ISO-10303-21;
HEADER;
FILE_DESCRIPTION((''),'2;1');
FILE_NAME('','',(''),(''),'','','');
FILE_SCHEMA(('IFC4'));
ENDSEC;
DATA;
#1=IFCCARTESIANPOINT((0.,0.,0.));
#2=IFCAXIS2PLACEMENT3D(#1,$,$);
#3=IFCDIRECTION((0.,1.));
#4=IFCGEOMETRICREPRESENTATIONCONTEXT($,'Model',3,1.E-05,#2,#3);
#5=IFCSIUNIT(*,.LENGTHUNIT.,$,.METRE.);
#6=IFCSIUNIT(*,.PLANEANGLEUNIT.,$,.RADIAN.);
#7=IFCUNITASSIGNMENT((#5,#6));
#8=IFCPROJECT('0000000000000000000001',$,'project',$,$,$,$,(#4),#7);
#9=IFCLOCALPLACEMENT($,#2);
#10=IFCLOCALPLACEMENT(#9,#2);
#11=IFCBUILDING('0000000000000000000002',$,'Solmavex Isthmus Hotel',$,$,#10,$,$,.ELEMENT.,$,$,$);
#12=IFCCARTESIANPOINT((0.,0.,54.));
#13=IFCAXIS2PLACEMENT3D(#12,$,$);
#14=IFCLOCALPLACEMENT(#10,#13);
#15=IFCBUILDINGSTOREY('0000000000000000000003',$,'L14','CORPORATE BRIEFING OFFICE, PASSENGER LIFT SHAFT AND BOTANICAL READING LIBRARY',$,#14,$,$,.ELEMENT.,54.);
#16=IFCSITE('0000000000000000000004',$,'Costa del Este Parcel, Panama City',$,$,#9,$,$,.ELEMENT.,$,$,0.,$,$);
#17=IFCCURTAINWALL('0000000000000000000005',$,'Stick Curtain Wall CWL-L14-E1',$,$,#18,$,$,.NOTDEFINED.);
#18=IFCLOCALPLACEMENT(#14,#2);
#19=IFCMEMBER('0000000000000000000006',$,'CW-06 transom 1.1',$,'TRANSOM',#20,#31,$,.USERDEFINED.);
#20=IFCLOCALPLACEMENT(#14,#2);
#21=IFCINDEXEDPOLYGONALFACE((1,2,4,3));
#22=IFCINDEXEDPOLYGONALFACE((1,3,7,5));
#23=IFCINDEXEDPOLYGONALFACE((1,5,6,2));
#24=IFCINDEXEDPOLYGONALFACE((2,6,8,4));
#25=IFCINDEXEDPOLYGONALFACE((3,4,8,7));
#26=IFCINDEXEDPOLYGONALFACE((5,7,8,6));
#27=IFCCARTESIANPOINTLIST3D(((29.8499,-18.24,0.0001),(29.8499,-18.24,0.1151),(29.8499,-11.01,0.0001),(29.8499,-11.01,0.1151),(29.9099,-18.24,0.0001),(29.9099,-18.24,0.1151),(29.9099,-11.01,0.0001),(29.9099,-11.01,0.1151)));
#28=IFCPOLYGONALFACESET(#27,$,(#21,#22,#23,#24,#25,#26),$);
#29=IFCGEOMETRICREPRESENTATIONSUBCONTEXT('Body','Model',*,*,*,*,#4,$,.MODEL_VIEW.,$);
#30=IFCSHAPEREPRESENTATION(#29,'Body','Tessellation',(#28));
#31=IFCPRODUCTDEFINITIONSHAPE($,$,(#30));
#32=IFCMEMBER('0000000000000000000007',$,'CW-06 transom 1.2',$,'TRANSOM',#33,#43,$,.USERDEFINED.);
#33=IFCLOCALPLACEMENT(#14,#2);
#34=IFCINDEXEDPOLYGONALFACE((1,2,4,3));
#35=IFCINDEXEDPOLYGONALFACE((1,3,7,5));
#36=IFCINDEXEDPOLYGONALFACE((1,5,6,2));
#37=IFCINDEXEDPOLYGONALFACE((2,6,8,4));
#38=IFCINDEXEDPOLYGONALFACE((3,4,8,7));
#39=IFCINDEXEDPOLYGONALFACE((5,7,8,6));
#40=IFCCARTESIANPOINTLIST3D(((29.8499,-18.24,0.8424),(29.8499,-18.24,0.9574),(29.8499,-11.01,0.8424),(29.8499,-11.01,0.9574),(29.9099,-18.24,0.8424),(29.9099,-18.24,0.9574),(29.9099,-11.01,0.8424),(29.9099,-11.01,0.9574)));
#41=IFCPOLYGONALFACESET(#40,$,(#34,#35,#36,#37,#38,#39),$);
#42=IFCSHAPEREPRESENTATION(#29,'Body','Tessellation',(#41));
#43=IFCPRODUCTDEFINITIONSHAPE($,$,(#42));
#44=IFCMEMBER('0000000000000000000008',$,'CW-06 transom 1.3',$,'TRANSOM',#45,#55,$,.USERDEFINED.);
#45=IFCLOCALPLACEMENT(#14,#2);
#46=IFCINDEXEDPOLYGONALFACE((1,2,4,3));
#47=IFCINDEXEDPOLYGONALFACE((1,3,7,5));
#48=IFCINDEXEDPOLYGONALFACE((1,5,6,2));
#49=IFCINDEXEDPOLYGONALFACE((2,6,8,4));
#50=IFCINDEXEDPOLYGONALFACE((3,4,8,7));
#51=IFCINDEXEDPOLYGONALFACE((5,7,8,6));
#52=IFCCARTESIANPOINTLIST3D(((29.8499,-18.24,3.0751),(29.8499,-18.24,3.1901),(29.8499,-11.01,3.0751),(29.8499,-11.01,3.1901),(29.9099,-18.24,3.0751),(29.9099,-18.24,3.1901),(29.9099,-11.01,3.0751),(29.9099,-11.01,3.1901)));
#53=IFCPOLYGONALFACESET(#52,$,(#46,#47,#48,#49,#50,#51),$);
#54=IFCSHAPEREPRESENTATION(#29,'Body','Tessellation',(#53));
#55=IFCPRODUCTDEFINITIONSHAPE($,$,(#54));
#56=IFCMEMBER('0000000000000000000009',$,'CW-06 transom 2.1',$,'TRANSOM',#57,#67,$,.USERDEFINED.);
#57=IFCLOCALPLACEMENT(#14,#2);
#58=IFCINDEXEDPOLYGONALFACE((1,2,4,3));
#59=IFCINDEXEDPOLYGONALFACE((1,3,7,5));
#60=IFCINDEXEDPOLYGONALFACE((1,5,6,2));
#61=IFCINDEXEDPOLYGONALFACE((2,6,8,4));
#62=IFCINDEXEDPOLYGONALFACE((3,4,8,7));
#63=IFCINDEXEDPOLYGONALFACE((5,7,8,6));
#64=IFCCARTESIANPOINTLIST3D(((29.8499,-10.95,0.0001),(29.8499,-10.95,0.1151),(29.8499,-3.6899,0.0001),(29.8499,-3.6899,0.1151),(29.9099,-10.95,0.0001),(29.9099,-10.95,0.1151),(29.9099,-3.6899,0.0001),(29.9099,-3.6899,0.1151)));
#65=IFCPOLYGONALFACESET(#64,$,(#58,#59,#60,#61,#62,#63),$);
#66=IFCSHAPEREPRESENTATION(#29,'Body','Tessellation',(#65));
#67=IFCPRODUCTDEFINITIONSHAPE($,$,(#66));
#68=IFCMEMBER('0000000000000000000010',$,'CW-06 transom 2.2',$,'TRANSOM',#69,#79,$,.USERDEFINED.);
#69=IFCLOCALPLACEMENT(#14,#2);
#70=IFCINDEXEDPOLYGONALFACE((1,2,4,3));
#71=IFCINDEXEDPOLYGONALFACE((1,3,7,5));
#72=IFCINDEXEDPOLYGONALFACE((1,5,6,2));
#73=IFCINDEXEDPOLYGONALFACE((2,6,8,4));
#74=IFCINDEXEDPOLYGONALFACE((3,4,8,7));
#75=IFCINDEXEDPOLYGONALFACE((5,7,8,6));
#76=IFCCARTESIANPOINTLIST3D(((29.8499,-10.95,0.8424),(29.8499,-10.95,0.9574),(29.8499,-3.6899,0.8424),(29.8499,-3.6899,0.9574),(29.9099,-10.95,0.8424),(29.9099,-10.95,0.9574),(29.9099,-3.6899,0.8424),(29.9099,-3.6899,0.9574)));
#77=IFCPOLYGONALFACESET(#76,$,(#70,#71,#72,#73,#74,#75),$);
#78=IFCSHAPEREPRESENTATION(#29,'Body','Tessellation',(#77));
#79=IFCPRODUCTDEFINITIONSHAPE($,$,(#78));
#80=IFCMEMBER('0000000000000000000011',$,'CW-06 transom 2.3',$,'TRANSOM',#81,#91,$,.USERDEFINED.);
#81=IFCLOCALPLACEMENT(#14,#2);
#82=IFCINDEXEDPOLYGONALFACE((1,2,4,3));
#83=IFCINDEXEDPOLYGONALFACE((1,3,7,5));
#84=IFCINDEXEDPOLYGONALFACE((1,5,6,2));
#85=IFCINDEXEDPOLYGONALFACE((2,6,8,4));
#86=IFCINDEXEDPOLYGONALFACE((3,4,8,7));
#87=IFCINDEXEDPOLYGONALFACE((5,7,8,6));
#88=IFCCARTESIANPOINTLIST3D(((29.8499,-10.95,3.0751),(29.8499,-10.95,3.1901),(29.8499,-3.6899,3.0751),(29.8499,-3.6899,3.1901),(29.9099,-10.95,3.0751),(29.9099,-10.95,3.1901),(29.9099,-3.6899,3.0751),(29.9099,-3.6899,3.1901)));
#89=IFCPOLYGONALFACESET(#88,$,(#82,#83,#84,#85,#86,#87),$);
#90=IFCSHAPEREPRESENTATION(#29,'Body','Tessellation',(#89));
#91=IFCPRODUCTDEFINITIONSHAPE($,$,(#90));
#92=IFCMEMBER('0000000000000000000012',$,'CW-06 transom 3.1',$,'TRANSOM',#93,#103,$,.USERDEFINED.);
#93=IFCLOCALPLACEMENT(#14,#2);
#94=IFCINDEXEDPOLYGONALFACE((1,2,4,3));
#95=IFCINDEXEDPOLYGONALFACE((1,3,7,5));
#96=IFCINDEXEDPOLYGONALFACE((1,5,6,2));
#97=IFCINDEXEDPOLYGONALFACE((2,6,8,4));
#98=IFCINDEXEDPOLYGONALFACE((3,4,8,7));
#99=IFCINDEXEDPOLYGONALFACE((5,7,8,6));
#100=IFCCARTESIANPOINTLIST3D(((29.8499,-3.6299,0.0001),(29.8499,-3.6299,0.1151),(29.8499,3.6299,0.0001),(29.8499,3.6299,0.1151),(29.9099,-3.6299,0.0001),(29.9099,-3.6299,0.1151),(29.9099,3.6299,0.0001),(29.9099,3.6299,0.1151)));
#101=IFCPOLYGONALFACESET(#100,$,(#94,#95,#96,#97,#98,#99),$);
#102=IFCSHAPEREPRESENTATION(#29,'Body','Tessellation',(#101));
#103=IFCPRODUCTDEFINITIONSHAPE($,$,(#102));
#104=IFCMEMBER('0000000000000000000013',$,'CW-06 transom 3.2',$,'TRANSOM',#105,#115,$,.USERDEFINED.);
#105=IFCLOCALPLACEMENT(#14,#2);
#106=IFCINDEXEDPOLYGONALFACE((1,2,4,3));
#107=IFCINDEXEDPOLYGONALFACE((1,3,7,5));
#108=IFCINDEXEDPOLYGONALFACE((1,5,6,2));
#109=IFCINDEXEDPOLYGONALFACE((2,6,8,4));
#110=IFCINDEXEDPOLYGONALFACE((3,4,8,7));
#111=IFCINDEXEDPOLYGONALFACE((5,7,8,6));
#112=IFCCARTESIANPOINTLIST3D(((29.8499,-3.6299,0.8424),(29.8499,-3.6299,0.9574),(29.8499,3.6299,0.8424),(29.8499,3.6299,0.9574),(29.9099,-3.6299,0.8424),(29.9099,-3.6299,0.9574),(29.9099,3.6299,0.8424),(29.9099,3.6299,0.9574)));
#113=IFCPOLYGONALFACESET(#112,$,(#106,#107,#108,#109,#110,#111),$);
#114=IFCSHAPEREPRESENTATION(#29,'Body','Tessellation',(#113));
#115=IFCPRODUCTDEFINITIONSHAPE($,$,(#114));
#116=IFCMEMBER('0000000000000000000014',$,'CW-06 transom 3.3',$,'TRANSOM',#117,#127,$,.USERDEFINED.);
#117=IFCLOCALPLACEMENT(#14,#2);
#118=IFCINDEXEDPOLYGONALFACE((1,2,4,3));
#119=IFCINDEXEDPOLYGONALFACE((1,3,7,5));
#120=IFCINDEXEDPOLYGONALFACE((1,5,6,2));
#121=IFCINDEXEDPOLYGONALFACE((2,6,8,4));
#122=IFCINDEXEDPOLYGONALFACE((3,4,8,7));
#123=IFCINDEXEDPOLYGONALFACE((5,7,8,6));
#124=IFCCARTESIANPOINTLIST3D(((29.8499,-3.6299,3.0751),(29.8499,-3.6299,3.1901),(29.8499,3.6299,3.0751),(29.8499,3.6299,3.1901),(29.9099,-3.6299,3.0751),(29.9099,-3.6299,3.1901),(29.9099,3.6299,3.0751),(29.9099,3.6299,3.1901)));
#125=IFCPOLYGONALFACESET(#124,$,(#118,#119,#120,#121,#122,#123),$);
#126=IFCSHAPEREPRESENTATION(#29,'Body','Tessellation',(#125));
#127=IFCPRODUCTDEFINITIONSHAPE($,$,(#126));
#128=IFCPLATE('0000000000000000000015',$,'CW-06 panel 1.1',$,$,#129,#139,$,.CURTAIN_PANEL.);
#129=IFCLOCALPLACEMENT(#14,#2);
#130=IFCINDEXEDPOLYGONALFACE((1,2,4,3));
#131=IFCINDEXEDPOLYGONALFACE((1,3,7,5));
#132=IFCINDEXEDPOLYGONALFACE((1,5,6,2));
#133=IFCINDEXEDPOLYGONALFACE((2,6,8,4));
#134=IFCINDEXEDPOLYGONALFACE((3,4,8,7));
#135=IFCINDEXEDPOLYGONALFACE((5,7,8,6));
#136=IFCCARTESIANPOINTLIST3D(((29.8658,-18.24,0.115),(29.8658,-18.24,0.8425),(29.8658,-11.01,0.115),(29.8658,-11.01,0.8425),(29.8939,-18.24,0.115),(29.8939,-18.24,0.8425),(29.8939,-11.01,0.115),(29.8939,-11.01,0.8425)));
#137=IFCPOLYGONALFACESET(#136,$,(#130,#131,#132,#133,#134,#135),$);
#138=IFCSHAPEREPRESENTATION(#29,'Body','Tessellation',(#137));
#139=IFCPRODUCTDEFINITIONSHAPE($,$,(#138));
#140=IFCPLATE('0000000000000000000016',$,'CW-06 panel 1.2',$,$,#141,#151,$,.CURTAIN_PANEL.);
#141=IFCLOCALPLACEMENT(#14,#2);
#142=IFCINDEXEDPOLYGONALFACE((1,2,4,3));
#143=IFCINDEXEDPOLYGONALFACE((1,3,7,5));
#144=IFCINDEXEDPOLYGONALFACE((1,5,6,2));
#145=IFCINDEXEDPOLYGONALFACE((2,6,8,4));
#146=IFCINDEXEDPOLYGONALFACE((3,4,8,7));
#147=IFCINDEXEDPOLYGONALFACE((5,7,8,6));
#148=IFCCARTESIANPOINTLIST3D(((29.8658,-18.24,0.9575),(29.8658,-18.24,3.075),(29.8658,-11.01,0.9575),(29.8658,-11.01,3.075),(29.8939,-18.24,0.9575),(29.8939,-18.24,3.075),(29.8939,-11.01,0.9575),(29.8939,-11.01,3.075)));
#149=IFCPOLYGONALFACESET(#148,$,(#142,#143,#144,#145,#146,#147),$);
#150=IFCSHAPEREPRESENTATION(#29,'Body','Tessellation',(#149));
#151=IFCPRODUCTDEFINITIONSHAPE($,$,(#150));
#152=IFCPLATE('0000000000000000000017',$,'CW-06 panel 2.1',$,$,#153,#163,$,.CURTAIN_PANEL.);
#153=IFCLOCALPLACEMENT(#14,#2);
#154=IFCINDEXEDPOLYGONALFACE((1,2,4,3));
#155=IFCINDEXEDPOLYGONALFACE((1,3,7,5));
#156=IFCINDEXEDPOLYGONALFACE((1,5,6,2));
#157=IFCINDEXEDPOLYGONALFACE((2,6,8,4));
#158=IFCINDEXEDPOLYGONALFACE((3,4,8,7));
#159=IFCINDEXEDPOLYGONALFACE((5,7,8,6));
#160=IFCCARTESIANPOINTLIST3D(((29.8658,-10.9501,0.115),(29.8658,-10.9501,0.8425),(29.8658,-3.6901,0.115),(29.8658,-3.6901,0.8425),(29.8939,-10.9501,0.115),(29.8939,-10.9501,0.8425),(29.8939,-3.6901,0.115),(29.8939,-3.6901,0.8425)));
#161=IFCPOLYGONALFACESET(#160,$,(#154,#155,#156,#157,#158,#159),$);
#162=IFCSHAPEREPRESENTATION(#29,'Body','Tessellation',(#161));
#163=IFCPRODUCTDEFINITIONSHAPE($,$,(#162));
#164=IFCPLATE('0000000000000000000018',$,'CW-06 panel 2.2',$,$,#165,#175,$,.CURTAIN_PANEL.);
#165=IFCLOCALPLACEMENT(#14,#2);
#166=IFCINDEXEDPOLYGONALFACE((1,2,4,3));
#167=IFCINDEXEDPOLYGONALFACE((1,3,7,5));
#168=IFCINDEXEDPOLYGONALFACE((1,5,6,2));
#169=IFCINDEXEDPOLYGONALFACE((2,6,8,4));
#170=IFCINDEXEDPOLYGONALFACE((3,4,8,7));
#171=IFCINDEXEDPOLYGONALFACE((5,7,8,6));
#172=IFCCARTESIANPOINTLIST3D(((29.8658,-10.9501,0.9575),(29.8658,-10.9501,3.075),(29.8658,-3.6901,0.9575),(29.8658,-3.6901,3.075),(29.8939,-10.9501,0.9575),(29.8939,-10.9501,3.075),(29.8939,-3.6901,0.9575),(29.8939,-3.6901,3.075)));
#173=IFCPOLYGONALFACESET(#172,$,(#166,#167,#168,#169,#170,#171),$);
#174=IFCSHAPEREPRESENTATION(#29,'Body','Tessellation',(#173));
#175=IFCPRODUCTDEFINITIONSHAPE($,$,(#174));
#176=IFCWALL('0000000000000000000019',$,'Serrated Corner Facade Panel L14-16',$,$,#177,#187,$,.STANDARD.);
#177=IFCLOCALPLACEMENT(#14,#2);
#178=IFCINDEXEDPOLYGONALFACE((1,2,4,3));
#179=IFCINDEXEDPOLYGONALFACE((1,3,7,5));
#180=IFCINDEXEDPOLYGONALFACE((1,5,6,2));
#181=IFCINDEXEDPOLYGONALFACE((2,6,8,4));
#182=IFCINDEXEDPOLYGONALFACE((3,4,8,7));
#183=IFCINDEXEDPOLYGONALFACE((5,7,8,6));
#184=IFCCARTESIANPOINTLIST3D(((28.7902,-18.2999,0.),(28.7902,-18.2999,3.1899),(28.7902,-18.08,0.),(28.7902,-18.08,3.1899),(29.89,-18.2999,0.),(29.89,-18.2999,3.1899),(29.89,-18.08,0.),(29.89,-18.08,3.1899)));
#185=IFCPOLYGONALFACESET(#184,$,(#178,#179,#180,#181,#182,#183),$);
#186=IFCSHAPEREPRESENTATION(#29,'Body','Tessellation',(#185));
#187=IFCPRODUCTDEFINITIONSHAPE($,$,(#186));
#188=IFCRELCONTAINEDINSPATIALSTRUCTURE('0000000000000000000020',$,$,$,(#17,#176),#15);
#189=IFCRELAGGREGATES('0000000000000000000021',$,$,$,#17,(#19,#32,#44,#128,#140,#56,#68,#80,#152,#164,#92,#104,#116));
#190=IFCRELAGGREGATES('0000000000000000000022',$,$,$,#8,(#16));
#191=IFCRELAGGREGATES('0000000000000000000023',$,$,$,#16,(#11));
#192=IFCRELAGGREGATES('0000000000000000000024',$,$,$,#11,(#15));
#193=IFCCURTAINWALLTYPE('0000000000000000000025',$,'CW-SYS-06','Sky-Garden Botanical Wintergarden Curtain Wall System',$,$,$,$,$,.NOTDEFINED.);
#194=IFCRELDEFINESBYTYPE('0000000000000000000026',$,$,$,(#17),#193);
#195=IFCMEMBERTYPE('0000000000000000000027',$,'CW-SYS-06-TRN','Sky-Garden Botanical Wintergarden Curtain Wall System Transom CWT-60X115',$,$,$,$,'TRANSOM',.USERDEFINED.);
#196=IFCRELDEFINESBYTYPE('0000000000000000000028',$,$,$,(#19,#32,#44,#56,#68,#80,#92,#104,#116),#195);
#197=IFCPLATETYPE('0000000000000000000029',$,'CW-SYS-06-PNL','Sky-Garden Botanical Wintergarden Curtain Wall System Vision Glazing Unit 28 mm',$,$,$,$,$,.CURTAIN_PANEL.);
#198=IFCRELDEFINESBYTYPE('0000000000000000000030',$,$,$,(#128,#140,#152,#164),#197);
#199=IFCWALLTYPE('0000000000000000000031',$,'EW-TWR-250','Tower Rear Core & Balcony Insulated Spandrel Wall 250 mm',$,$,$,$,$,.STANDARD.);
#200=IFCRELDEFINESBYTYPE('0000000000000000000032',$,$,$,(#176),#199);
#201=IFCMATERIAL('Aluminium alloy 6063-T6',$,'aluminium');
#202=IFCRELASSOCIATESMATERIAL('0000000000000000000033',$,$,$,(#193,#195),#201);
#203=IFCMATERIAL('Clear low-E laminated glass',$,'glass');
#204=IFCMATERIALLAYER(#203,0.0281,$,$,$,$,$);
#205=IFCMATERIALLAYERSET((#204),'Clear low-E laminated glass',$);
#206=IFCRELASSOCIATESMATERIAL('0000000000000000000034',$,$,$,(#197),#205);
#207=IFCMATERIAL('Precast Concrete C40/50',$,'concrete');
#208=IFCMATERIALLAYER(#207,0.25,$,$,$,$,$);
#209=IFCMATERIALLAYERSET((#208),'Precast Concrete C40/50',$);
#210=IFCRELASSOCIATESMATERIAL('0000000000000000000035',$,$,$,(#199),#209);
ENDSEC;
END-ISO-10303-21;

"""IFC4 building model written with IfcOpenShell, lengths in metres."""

from ifc_helpers import new_model, si_unit, direction, frame, frame_2d, origin, origin_2d, place, context, subcontext, project, spatial, rectangle, extrude, material, layer, layer_set, material_profile, profile_set, type_object, element, aggregate, save


model = new_model("IFC4")

# Units and contexts
model_context = context("Model", 3, precision=1e-05, world=origin(), true_north=direction((0.0, 1.0)))
body_context = subcontext(model_context, "Body", "Model", "MODEL_VIEW")
ifc_project = project(units=[si_unit("LENGTHUNIT", "METRE"), si_unit("PLANEANGLEUNIT", "RADIAN")], contexts=[model_context])

# Site, building, storey
site_placement = place(None, origin())
site = spatial("IfcSite", under=ifc_project, at=site_placement, Name="Costa del Este Parcel, Panama City", CompositionType="ELEMENT", RefElevation=0.0)
building_placement = place(site_placement, origin())
building = spatial("IfcBuilding", under=site, at=building_placement, Name="Solmavex Isthmus Hotel", CompositionType="ELEMENT")
storey_placement = place(building_placement, frame((0.0, 0.0, 54.0)))
storey = spatial("IfcBuildingStorey", under=building, at=storey_placement, Name="L14", Description="CORPORATE BRIEFING OFFICE, PASSENGER LIFT SHAFT AND BOTANICAL READING LIBRARY", CompositionType="ELEMENT", Elevation=54.0)

# Curtain wall, members, plates
ifc_material_1 = material(Name="Aluminium alloy 6063-T6", Category="aluminium")
curtain_wall_type = type_object("IfcCurtainWallType", Name="CW-SYS-06", Description="Sky-Garden Botanical Wintergarden Curtain Wall System", PredefinedType="NOTDEFINED", material=ifc_material_1)
curtain_wall_placement = place(storey_placement, origin())
curtain_wall = element("IfcCurtainWall", 1, at=curtain_wall_placement, inside=storey, type_object=curtain_wall_type, Name="Stick Curtain Wall CWL-L14-E1", PredefinedType="NOTDEFINED")
ifc_material_profile_1 = material_profile(ifc_material_1, rectangle(XDim=0.0601, YDim=0.115, at=origin_2d()), Name="CWT-60X115")
ifc_profile_set_1 = profile_set([ifc_material_profile_1], Name="Aluminium alloy 6063-T6")
member_type_1 = type_object("IfcMemberType", Name="CW-SYS-06-TRN", Description="Sky-Garden Botanical Wintergarden Curtain Wall System Transom CWT-60X115", ElementType="TRANSOM", PredefinedType="USERDEFINED", material=ifc_profile_set_1)
member_1_placement = place(storey_placement, frame((29.8799, -18.24, 0.0576), z_axis=(0.0, 1.0, 0.0), x_axis=(-1.0, 0.0, 0.0)))
member_1 = element("IfcMember", 2, at=member_1_placement, type_object=member_type_1, Name="CW-06 transom 1.1", ObjectType="TRANSOM", PredefinedType="USERDEFINED", context=body_context, shape_type="SweptSolid", body=[
    extrude(rectangle(XDim=0.0601, YDim=0.115, at=origin_2d()), origin(), (0.0, 0.0, 1.0), 7.23),
])
member_2_placement = place(storey_placement, frame((29.8799, -18.24, 0.8999), z_axis=(0.0, 1.0, 0.0), x_axis=(-1.0, 0.0, 0.0)))
member_2 = element("IfcMember", 3, at=member_2_placement, type_object=member_type_1, Name="CW-06 transom 1.2", ObjectType="TRANSOM", PredefinedType="USERDEFINED", context=body_context, shape_type="SweptSolid", body=[
    extrude(rectangle(XDim=0.0601, YDim=0.115, at=origin_2d()), origin(), (0.0, 0.0, 1.0), 7.23),
])
member_3_placement = place(storey_placement, frame((29.8799, -18.24, 3.1326), z_axis=(0.0, 1.0, 0.0), x_axis=(-1.0, 0.0, 0.0)))
member_3 = element("IfcMember", 4, at=member_3_placement, type_object=member_type_1, Name="CW-06 transom 1.3", ObjectType="TRANSOM", PredefinedType="USERDEFINED", context=body_context, shape_type="SweptSolid", body=[
    extrude(rectangle(XDim=0.0601, YDim=0.115, at=origin_2d()), origin(), (0.0, 0.0, 1.0), 7.23),
])
member_4_placement = place(storey_placement, frame((29.8799, -10.95, 0.0576), z_axis=(0.0, 1.0, 0.0), x_axis=(-1.0, 0.0, 0.0)))
member_4 = element("IfcMember", 5, at=member_4_placement, type_object=member_type_1, Name="CW-06 transom 2.1", ObjectType="TRANSOM", PredefinedType="USERDEFINED", context=body_context, shape_type="SweptSolid", body=[
    extrude(rectangle(XDim=0.0601, YDim=0.115, at=origin_2d()), origin(), (0.0, 0.0, 1.0), 7.26),
])
member_5_placement = place(storey_placement, frame((29.8799, -10.95, 0.8999), z_axis=(0.0, 1.0, 0.0), x_axis=(-1.0, 0.0, 0.0)))
member_5 = element("IfcMember", 6, at=member_5_placement, type_object=member_type_1, Name="CW-06 transom 2.2", ObjectType="TRANSOM", PredefinedType="USERDEFINED", context=body_context, shape_type="SweptSolid", body=[
    extrude(rectangle(XDim=0.0601, YDim=0.115, at=origin_2d()), origin(), (0.0, 0.0, 1.0), 7.26),
])
member_6_placement = place(storey_placement, frame((29.8799, -10.95, 3.1326), z_axis=(0.0, 1.0, 0.0), x_axis=(-1.0, 0.0, 0.0)))
member_6 = element("IfcMember", 7, at=member_6_placement, type_object=member_type_1, Name="CW-06 transom 2.3", ObjectType="TRANSOM", PredefinedType="USERDEFINED", context=body_context, shape_type="SweptSolid", body=[
    extrude(rectangle(XDim=0.0601, YDim=0.115, at=origin_2d()), origin(), (0.0, 0.0, 1.0), 7.26),
])
member_7_placement = place(storey_placement, frame((29.8799, -3.6299, 0.0576), z_axis=(0.0, 1.0, 0.0), x_axis=(-1.0, 0.0, 0.0)))
member_7 = element("IfcMember", 8, at=member_7_placement, type_object=member_type_1, Name="CW-06 transom 3.1", ObjectType="TRANSOM", PredefinedType="USERDEFINED", context=body_context, shape_type="SweptSolid", body=[
    extrude(rectangle(XDim=0.0601, YDim=0.115, at=origin_2d()), origin(), (0.0, 0.0, 1.0), 7.2598),
])
member_8_placement = place(storey_placement, frame((29.8799, -3.6299, 0.8999), z_axis=(0.0, 1.0, 0.0), x_axis=(-1.0, 0.0, 0.0)))
member_8 = element("IfcMember", 9, at=member_8_placement, type_object=member_type_1, Name="CW-06 transom 3.2", ObjectType="TRANSOM", PredefinedType="USERDEFINED", context=body_context, shape_type="SweptSolid", body=[
    extrude(rectangle(XDim=0.0601, YDim=0.115, at=origin_2d()), origin(), (0.0, 0.0, 1.0), 7.2598),
])
member_9_placement = place(storey_placement, frame((29.8799, -3.6299, 3.1326), z_axis=(0.0, 1.0, 0.0), x_axis=(-1.0, 0.0, 0.0)))
member_9 = element("IfcMember", 10, at=member_9_placement, type_object=member_type_1, Name="CW-06 transom 3.3", ObjectType="TRANSOM", PredefinedType="USERDEFINED", context=body_context, shape_type="SweptSolid", body=[
    extrude(rectangle(XDim=0.0601, YDim=0.115, at=origin_2d()), origin(), (0.0, 0.0, 1.0), 7.2598),
])
ifc_material_2 = material(Name="Clear low-E laminated glass", Category="glass")
ifc_layer_1 = layer(ifc_material_2, 0.0281)
ifc_layer_set_1 = layer_set([ifc_layer_1], Name="Clear low-E laminated glass")
plate_type = type_object("IfcPlateType", Name="CW-SYS-06-PNL", Description="Sky-Garden Botanical Wintergarden Curtain Wall System Vision Glazing Unit 28 mm", PredefinedType="CURTAIN_PANEL", material=ifc_layer_set_1)
plate_1_placement = place(storey_placement, frame((29.8799, -14.625, 0.115), z_axis=(0.0, 0.0, 1.0), x_axis=(0.0, 1.0, 0.0)))
plate_1 = element("IfcPlate", 11, at=plate_1_placement, type_object=plate_type, Name="CW-06 panel 1.1", PredefinedType="CURTAIN_PANEL", context=body_context, shape_type="SweptSolid", body=[
    extrude(rectangle(XDim=7.23, YDim=0.0281, at=origin_2d()), origin(), (0.0, 0.0, 1.0), 0.7275),
])
plate_2_placement = place(storey_placement, frame((29.8799, -14.625, 0.9575), z_axis=(0.0, 0.0, 1.0), x_axis=(0.0, 1.0, 0.0)))
plate_2 = element("IfcPlate", 12, at=plate_2_placement, type_object=plate_type, Name="CW-06 panel 1.2", PredefinedType="CURTAIN_PANEL", context=body_context, shape_type="SweptSolid", body=[
    extrude(rectangle(XDim=7.23, YDim=0.0281, at=origin_2d()), origin(), (0.0, 0.0, 1.0), 2.1174),
])
plate_3_placement = place(storey_placement, frame((29.8799, -7.3201, 0.115), z_axis=(0.0, 0.0, 1.0), x_axis=(0.0, 1.0, 0.0)))
plate_3 = element("IfcPlate", 13, at=plate_3_placement, type_object=plate_type, Name="CW-06 panel 2.1", PredefinedType="CURTAIN_PANEL", context=body_context, shape_type="SweptSolid", body=[
    extrude(rectangle(XDim=7.26, YDim=0.0281, at=origin_2d()), origin(), (0.0, 0.0, 1.0), 0.7275),
])
plate_4_placement = place(storey_placement, frame((29.8799, -7.3201, 0.9575), z_axis=(0.0, 0.0, 1.0), x_axis=(0.0, 1.0, 0.0)))
plate_4 = element("IfcPlate", 14, at=plate_4_placement, type_object=plate_type, Name="CW-06 panel 2.2", PredefinedType="CURTAIN_PANEL", context=body_context, shape_type="SweptSolid", body=[
    extrude(rectangle(XDim=7.26, YDim=0.0281, at=origin_2d()), origin(), (0.0, 0.0, 1.0), 2.1174),
])
aggregate(curtain_wall, [member_1, member_2, member_3, plate_1, plate_2, member_4, member_5, member_6, plate_3, plate_4, member_7, member_8, member_9])

# Wall
ifc_material_3 = material(Name="Precast Concrete C40/50", Category="concrete")
ifc_layer_2 = layer(ifc_material_3, 0.25)
ifc_layer_set_2 = layer_set([ifc_layer_2], Name="Precast Concrete C40/50")
wall_type_1 = type_object("IfcWallType", Name="EW-TWR-250", Description="Tower Rear Core & Balcony Insulated Spandrel Wall 250 mm", PredefinedType="STANDARD", material=ifc_layer_set_2)
wall_1_placement = place(storey_placement, frame((29.8899, -18.1899, 0.0), z_axis=(0.0, 0.0, 1.0), x_axis=(-1.0, 0.0, 0.0)))
element("IfcWall", 15, at=wall_1_placement, inside=storey, type_object=wall_type_1, Name="Serrated Corner Facade Panel L14-16", PredefinedType="STANDARD", context=body_context, shape_type="SweptSolid", body=[
    extrude(rectangle(XDim=1.0999, YDim=0.22, at=frame_2d((0.5498, 0.0))), origin(), (0.0, 0.0, 1.0), 3.1899),
])

save(model, "model.ifc")
